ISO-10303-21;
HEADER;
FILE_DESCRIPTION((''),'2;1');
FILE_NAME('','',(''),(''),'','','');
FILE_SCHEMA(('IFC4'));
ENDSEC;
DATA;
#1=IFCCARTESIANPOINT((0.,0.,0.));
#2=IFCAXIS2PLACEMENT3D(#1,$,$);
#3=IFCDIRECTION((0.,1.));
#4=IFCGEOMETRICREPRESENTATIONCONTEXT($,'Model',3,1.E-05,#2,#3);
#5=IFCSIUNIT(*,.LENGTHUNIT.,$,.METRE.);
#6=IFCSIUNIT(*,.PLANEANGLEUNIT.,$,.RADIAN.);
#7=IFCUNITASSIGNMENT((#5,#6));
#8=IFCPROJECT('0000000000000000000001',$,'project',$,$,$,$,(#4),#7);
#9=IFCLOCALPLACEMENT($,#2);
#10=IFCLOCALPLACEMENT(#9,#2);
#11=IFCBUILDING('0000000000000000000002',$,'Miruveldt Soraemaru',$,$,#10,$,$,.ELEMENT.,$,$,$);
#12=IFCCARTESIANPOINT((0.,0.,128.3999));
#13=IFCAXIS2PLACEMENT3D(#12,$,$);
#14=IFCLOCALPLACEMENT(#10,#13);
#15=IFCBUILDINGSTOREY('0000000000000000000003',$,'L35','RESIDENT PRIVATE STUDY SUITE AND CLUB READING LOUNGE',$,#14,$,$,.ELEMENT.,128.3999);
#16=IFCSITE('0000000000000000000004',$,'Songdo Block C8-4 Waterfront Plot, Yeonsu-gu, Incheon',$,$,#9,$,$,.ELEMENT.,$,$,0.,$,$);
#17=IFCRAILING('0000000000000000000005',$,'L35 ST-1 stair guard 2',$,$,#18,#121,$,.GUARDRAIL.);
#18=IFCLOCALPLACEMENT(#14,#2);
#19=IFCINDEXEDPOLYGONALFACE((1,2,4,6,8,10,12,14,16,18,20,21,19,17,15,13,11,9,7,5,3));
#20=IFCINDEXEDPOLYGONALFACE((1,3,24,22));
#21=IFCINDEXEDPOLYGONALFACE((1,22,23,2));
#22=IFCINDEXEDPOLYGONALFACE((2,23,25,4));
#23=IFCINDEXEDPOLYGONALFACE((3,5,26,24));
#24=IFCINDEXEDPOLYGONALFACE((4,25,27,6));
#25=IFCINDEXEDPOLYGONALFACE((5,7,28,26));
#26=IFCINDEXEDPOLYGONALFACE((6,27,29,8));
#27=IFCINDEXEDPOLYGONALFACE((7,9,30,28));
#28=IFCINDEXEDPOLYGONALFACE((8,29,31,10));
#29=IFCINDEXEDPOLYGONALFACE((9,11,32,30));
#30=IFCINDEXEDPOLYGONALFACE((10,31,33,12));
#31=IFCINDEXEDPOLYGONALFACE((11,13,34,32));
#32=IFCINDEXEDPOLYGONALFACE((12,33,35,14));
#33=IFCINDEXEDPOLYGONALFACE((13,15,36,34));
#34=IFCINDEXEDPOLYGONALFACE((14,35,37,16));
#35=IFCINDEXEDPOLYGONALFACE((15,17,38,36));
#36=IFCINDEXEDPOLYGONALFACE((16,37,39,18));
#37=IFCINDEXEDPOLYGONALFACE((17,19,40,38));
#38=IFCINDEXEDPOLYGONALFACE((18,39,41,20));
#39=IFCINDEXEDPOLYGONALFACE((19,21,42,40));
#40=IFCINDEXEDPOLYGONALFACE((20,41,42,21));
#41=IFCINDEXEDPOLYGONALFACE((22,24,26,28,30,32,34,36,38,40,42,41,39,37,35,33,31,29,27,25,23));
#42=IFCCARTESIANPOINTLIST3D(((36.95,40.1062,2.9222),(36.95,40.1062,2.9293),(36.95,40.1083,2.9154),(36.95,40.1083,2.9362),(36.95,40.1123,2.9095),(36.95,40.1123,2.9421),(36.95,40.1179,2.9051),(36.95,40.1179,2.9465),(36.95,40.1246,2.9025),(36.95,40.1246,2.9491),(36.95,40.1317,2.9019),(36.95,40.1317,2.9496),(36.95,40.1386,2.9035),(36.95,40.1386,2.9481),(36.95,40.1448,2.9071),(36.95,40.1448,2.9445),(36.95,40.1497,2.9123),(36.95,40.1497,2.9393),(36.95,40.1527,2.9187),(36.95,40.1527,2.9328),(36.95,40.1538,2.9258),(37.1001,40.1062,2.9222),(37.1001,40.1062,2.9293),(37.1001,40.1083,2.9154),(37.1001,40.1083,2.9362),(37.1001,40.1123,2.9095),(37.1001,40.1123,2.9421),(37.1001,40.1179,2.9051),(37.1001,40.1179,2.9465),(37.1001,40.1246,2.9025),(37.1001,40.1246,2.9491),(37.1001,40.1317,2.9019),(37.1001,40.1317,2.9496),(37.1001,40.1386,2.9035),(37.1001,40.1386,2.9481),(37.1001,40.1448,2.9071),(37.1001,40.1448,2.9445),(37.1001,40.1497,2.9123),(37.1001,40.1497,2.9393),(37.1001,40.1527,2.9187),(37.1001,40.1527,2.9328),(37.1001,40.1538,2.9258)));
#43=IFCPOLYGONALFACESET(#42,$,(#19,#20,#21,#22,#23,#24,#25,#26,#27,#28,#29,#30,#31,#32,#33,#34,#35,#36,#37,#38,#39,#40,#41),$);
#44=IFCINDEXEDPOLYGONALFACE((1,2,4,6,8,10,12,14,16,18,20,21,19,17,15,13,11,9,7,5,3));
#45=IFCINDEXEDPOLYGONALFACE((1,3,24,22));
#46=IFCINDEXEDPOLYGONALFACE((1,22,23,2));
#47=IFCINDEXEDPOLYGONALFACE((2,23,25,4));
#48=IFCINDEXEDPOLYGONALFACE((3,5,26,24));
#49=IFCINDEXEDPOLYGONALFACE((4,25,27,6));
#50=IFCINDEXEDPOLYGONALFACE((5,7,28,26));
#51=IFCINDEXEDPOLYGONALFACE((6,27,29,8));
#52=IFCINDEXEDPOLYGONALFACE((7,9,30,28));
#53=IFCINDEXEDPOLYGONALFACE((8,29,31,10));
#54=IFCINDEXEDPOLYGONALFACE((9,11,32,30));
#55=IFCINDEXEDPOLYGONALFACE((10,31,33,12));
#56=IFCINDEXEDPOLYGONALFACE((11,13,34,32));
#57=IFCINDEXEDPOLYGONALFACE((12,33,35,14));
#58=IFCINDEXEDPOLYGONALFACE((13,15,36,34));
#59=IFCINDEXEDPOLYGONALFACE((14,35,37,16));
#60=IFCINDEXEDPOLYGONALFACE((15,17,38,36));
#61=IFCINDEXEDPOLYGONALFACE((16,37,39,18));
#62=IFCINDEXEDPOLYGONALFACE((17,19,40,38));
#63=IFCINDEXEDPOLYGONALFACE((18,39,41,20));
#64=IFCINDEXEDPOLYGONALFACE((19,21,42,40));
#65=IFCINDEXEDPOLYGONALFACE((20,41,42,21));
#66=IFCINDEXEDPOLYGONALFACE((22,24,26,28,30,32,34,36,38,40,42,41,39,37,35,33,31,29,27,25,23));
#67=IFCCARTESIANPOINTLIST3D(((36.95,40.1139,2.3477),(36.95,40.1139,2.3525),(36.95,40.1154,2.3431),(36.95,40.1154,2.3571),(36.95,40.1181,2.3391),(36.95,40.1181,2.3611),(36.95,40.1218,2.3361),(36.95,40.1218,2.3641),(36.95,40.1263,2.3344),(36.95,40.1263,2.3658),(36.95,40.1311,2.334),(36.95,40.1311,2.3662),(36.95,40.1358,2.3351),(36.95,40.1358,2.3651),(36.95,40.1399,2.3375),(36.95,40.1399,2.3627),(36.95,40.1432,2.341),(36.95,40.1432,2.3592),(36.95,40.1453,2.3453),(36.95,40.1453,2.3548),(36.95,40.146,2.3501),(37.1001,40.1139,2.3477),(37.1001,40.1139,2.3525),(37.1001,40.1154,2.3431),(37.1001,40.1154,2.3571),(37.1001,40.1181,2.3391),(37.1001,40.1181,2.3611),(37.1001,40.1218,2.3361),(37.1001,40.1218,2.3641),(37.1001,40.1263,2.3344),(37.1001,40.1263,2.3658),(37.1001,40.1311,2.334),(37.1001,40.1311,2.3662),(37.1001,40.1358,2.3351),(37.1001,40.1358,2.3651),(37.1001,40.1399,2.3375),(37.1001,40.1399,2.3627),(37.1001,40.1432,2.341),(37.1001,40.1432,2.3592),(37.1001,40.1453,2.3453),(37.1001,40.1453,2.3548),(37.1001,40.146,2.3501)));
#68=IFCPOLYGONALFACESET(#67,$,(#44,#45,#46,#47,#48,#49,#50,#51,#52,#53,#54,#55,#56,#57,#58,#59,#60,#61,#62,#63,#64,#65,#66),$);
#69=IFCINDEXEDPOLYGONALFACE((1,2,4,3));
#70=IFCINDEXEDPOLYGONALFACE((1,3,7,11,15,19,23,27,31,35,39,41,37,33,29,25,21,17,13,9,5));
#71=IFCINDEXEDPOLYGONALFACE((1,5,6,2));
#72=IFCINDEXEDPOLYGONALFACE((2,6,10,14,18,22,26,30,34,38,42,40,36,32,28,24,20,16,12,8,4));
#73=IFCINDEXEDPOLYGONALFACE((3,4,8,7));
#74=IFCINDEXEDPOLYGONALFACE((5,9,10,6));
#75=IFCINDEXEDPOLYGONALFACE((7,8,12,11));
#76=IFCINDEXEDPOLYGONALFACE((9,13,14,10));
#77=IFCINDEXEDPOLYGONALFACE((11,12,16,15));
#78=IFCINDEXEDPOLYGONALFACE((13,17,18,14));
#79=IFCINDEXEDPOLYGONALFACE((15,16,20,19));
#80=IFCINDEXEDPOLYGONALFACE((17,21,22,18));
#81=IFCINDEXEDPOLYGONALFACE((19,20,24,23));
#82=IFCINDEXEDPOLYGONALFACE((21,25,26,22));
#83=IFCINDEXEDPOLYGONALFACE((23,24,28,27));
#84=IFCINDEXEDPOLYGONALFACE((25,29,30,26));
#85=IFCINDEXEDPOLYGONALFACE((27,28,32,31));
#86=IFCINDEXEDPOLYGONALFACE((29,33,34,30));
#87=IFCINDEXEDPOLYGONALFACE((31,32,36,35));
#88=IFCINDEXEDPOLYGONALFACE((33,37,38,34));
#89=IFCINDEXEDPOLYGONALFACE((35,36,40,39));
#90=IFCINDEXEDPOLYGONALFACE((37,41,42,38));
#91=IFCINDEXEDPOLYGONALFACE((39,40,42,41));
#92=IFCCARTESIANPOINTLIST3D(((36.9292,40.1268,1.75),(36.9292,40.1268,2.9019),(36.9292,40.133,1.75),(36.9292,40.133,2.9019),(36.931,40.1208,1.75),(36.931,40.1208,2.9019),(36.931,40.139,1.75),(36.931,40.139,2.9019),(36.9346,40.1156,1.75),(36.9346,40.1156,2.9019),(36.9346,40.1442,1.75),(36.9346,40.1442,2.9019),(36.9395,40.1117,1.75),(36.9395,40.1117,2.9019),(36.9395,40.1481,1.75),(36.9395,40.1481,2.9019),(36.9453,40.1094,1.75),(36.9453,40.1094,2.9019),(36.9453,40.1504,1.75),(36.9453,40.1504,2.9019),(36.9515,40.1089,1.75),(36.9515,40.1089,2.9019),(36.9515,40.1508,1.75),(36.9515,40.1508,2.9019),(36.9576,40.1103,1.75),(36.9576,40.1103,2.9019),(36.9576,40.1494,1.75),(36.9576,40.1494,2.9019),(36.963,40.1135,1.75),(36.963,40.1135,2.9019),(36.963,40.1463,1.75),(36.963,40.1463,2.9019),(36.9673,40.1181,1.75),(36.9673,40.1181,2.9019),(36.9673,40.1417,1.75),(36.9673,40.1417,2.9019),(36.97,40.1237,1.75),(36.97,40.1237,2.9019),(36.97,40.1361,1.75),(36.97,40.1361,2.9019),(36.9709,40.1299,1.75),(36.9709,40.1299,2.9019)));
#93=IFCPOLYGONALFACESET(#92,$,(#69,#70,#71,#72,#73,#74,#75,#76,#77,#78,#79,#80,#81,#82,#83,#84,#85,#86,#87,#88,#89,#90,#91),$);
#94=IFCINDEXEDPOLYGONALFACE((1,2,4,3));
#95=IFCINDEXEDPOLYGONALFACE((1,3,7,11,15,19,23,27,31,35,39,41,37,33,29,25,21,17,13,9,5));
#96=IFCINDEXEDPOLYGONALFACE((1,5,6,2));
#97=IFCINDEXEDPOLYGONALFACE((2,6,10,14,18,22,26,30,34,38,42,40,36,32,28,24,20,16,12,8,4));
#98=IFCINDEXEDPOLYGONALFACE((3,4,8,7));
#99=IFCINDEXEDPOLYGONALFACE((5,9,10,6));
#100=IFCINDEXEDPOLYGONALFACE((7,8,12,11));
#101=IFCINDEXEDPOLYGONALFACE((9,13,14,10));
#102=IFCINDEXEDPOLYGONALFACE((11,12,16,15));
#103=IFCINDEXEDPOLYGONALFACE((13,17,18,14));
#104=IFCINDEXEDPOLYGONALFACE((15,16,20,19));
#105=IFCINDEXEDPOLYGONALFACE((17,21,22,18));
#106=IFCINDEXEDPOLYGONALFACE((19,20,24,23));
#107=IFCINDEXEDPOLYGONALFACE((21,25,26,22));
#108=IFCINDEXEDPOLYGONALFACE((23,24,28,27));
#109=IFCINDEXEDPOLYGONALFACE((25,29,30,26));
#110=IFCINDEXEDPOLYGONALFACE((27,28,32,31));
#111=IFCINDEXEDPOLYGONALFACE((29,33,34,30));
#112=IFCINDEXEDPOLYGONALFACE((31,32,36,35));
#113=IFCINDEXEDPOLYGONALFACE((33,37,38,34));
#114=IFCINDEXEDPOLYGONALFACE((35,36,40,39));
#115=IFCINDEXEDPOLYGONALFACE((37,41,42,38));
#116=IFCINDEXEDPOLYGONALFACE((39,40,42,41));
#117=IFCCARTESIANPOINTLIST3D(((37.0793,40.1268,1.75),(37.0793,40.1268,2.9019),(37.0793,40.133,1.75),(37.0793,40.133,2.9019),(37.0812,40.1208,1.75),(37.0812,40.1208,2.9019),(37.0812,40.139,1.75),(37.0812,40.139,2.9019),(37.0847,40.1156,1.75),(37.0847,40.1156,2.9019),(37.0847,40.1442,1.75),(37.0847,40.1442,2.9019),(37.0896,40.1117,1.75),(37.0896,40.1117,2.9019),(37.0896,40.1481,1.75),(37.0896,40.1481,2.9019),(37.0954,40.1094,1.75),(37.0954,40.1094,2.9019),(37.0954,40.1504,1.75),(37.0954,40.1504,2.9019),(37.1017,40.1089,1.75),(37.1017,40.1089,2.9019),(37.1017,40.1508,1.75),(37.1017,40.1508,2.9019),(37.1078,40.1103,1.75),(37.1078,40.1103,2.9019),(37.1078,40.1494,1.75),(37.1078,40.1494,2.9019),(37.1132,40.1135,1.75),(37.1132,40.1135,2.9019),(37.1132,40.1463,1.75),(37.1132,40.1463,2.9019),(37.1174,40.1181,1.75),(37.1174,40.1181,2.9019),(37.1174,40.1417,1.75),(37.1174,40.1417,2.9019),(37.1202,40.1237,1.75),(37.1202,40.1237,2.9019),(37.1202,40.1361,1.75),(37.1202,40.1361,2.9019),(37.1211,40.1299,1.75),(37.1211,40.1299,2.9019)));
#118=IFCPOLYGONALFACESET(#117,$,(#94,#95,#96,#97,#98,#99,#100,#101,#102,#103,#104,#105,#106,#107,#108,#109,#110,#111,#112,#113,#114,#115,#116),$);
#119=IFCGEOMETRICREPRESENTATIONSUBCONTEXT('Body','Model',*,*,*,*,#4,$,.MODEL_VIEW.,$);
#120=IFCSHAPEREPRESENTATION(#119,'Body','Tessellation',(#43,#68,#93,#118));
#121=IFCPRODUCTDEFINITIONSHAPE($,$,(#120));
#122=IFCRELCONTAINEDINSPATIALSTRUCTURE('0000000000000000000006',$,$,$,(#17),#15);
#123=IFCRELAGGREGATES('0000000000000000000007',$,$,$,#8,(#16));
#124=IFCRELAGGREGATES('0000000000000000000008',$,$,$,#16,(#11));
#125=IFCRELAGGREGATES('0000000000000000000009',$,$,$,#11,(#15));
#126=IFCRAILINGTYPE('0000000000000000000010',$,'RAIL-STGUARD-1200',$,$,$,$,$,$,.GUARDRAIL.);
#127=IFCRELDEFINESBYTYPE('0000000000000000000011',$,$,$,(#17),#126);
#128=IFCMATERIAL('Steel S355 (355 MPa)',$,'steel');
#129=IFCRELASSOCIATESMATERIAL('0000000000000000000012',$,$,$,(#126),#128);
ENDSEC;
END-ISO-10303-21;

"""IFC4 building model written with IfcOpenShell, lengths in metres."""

from ifc_helpers import new_model, si_unit, direction, frame, origin, origin_2d, place, context, subcontext, project, spatial, circle, extrude, material, type_object, element, save


model = new_model("IFC4")

# Units and contexts
model_context = context("Model", 3, precision=1e-05, world=origin(), true_north=direction((0.0, 1.0)))
body_context = subcontext(model_context, "Body", "Model", "MODEL_VIEW")
ifc_project = project(units=[si_unit("LENGTHUNIT", "METRE"), si_unit("PLANEANGLEUNIT", "RADIAN")], contexts=[model_context])

# Site, building, storey
site_placement = place(None, origin())
site = spatial("IfcSite", under=ifc_project, at=site_placement, Name="Songdo Block C8-4 Waterfront Plot, Yeonsu-gu, Incheon", CompositionType="ELEMENT", RefElevation=0.0)
building_placement = place(site_placement, origin())
building = spatial("IfcBuilding", under=site, at=building_placement, Name="Miruveldt Soraemaru", CompositionType="ELEMENT")
storey_placement = place(building_placement, frame((0.0, 0.0, 128.3999)))
storey = spatial("IfcBuildingStorey", under=building, at=storey_placement, Name="L35", Description="RESIDENT PRIVATE STUDY SUITE AND CLUB READING LOUNGE", CompositionType="ELEMENT", Elevation=128.3999)

# Railing
ifc_material_1 = material(Name="Steel S355 (355 MPa)", Category="steel")
railing_type_1 = type_object("IfcRailingType", Name="RAIL-STGUARD-1200", PredefinedType="GUARDRAIL", material=ifc_material_1)
railing_1_placement = place(storey_placement, frame((36.95, 40.1299, 1.75)))
element("IfcRailing", 1, at=railing_1_placement, inside=storey, type_object=railing_type_1, Name="L35 ST-1 stair guard 2", PredefinedType="GUARDRAIL", context=body_context, shape_type="SweptSolid", body=[
    extrude(circle(Radius=0.0239, at=origin_2d()), frame((0.0, 0.0, 1.1758), z_axis=(1.0, 0.0, 0.0), x_axis=(0.0, 1.0, 0.0)), (0.0, 0.0, 1.0), 0.1501),
    extrude(circle(Radius=0.0161, at=origin_2d()), frame((0.0, 0.0, 0.6001), z_axis=(1.0, 0.0, 0.0), x_axis=(0.0, 1.0, 0.0)), (0.0, 0.0, 1.0), 0.1501),
    extrude(circle(Radius=0.021, at=origin_2d()), origin(), (0.0, 0.0, 1.0), 1.1519),
    extrude(circle(Radius=0.021, at=origin_2d()), frame((0.1501, 0.0, 0.0)), (0.0, 0.0, 1.0), 1.1519),
])

save(model, "model.ifc")
